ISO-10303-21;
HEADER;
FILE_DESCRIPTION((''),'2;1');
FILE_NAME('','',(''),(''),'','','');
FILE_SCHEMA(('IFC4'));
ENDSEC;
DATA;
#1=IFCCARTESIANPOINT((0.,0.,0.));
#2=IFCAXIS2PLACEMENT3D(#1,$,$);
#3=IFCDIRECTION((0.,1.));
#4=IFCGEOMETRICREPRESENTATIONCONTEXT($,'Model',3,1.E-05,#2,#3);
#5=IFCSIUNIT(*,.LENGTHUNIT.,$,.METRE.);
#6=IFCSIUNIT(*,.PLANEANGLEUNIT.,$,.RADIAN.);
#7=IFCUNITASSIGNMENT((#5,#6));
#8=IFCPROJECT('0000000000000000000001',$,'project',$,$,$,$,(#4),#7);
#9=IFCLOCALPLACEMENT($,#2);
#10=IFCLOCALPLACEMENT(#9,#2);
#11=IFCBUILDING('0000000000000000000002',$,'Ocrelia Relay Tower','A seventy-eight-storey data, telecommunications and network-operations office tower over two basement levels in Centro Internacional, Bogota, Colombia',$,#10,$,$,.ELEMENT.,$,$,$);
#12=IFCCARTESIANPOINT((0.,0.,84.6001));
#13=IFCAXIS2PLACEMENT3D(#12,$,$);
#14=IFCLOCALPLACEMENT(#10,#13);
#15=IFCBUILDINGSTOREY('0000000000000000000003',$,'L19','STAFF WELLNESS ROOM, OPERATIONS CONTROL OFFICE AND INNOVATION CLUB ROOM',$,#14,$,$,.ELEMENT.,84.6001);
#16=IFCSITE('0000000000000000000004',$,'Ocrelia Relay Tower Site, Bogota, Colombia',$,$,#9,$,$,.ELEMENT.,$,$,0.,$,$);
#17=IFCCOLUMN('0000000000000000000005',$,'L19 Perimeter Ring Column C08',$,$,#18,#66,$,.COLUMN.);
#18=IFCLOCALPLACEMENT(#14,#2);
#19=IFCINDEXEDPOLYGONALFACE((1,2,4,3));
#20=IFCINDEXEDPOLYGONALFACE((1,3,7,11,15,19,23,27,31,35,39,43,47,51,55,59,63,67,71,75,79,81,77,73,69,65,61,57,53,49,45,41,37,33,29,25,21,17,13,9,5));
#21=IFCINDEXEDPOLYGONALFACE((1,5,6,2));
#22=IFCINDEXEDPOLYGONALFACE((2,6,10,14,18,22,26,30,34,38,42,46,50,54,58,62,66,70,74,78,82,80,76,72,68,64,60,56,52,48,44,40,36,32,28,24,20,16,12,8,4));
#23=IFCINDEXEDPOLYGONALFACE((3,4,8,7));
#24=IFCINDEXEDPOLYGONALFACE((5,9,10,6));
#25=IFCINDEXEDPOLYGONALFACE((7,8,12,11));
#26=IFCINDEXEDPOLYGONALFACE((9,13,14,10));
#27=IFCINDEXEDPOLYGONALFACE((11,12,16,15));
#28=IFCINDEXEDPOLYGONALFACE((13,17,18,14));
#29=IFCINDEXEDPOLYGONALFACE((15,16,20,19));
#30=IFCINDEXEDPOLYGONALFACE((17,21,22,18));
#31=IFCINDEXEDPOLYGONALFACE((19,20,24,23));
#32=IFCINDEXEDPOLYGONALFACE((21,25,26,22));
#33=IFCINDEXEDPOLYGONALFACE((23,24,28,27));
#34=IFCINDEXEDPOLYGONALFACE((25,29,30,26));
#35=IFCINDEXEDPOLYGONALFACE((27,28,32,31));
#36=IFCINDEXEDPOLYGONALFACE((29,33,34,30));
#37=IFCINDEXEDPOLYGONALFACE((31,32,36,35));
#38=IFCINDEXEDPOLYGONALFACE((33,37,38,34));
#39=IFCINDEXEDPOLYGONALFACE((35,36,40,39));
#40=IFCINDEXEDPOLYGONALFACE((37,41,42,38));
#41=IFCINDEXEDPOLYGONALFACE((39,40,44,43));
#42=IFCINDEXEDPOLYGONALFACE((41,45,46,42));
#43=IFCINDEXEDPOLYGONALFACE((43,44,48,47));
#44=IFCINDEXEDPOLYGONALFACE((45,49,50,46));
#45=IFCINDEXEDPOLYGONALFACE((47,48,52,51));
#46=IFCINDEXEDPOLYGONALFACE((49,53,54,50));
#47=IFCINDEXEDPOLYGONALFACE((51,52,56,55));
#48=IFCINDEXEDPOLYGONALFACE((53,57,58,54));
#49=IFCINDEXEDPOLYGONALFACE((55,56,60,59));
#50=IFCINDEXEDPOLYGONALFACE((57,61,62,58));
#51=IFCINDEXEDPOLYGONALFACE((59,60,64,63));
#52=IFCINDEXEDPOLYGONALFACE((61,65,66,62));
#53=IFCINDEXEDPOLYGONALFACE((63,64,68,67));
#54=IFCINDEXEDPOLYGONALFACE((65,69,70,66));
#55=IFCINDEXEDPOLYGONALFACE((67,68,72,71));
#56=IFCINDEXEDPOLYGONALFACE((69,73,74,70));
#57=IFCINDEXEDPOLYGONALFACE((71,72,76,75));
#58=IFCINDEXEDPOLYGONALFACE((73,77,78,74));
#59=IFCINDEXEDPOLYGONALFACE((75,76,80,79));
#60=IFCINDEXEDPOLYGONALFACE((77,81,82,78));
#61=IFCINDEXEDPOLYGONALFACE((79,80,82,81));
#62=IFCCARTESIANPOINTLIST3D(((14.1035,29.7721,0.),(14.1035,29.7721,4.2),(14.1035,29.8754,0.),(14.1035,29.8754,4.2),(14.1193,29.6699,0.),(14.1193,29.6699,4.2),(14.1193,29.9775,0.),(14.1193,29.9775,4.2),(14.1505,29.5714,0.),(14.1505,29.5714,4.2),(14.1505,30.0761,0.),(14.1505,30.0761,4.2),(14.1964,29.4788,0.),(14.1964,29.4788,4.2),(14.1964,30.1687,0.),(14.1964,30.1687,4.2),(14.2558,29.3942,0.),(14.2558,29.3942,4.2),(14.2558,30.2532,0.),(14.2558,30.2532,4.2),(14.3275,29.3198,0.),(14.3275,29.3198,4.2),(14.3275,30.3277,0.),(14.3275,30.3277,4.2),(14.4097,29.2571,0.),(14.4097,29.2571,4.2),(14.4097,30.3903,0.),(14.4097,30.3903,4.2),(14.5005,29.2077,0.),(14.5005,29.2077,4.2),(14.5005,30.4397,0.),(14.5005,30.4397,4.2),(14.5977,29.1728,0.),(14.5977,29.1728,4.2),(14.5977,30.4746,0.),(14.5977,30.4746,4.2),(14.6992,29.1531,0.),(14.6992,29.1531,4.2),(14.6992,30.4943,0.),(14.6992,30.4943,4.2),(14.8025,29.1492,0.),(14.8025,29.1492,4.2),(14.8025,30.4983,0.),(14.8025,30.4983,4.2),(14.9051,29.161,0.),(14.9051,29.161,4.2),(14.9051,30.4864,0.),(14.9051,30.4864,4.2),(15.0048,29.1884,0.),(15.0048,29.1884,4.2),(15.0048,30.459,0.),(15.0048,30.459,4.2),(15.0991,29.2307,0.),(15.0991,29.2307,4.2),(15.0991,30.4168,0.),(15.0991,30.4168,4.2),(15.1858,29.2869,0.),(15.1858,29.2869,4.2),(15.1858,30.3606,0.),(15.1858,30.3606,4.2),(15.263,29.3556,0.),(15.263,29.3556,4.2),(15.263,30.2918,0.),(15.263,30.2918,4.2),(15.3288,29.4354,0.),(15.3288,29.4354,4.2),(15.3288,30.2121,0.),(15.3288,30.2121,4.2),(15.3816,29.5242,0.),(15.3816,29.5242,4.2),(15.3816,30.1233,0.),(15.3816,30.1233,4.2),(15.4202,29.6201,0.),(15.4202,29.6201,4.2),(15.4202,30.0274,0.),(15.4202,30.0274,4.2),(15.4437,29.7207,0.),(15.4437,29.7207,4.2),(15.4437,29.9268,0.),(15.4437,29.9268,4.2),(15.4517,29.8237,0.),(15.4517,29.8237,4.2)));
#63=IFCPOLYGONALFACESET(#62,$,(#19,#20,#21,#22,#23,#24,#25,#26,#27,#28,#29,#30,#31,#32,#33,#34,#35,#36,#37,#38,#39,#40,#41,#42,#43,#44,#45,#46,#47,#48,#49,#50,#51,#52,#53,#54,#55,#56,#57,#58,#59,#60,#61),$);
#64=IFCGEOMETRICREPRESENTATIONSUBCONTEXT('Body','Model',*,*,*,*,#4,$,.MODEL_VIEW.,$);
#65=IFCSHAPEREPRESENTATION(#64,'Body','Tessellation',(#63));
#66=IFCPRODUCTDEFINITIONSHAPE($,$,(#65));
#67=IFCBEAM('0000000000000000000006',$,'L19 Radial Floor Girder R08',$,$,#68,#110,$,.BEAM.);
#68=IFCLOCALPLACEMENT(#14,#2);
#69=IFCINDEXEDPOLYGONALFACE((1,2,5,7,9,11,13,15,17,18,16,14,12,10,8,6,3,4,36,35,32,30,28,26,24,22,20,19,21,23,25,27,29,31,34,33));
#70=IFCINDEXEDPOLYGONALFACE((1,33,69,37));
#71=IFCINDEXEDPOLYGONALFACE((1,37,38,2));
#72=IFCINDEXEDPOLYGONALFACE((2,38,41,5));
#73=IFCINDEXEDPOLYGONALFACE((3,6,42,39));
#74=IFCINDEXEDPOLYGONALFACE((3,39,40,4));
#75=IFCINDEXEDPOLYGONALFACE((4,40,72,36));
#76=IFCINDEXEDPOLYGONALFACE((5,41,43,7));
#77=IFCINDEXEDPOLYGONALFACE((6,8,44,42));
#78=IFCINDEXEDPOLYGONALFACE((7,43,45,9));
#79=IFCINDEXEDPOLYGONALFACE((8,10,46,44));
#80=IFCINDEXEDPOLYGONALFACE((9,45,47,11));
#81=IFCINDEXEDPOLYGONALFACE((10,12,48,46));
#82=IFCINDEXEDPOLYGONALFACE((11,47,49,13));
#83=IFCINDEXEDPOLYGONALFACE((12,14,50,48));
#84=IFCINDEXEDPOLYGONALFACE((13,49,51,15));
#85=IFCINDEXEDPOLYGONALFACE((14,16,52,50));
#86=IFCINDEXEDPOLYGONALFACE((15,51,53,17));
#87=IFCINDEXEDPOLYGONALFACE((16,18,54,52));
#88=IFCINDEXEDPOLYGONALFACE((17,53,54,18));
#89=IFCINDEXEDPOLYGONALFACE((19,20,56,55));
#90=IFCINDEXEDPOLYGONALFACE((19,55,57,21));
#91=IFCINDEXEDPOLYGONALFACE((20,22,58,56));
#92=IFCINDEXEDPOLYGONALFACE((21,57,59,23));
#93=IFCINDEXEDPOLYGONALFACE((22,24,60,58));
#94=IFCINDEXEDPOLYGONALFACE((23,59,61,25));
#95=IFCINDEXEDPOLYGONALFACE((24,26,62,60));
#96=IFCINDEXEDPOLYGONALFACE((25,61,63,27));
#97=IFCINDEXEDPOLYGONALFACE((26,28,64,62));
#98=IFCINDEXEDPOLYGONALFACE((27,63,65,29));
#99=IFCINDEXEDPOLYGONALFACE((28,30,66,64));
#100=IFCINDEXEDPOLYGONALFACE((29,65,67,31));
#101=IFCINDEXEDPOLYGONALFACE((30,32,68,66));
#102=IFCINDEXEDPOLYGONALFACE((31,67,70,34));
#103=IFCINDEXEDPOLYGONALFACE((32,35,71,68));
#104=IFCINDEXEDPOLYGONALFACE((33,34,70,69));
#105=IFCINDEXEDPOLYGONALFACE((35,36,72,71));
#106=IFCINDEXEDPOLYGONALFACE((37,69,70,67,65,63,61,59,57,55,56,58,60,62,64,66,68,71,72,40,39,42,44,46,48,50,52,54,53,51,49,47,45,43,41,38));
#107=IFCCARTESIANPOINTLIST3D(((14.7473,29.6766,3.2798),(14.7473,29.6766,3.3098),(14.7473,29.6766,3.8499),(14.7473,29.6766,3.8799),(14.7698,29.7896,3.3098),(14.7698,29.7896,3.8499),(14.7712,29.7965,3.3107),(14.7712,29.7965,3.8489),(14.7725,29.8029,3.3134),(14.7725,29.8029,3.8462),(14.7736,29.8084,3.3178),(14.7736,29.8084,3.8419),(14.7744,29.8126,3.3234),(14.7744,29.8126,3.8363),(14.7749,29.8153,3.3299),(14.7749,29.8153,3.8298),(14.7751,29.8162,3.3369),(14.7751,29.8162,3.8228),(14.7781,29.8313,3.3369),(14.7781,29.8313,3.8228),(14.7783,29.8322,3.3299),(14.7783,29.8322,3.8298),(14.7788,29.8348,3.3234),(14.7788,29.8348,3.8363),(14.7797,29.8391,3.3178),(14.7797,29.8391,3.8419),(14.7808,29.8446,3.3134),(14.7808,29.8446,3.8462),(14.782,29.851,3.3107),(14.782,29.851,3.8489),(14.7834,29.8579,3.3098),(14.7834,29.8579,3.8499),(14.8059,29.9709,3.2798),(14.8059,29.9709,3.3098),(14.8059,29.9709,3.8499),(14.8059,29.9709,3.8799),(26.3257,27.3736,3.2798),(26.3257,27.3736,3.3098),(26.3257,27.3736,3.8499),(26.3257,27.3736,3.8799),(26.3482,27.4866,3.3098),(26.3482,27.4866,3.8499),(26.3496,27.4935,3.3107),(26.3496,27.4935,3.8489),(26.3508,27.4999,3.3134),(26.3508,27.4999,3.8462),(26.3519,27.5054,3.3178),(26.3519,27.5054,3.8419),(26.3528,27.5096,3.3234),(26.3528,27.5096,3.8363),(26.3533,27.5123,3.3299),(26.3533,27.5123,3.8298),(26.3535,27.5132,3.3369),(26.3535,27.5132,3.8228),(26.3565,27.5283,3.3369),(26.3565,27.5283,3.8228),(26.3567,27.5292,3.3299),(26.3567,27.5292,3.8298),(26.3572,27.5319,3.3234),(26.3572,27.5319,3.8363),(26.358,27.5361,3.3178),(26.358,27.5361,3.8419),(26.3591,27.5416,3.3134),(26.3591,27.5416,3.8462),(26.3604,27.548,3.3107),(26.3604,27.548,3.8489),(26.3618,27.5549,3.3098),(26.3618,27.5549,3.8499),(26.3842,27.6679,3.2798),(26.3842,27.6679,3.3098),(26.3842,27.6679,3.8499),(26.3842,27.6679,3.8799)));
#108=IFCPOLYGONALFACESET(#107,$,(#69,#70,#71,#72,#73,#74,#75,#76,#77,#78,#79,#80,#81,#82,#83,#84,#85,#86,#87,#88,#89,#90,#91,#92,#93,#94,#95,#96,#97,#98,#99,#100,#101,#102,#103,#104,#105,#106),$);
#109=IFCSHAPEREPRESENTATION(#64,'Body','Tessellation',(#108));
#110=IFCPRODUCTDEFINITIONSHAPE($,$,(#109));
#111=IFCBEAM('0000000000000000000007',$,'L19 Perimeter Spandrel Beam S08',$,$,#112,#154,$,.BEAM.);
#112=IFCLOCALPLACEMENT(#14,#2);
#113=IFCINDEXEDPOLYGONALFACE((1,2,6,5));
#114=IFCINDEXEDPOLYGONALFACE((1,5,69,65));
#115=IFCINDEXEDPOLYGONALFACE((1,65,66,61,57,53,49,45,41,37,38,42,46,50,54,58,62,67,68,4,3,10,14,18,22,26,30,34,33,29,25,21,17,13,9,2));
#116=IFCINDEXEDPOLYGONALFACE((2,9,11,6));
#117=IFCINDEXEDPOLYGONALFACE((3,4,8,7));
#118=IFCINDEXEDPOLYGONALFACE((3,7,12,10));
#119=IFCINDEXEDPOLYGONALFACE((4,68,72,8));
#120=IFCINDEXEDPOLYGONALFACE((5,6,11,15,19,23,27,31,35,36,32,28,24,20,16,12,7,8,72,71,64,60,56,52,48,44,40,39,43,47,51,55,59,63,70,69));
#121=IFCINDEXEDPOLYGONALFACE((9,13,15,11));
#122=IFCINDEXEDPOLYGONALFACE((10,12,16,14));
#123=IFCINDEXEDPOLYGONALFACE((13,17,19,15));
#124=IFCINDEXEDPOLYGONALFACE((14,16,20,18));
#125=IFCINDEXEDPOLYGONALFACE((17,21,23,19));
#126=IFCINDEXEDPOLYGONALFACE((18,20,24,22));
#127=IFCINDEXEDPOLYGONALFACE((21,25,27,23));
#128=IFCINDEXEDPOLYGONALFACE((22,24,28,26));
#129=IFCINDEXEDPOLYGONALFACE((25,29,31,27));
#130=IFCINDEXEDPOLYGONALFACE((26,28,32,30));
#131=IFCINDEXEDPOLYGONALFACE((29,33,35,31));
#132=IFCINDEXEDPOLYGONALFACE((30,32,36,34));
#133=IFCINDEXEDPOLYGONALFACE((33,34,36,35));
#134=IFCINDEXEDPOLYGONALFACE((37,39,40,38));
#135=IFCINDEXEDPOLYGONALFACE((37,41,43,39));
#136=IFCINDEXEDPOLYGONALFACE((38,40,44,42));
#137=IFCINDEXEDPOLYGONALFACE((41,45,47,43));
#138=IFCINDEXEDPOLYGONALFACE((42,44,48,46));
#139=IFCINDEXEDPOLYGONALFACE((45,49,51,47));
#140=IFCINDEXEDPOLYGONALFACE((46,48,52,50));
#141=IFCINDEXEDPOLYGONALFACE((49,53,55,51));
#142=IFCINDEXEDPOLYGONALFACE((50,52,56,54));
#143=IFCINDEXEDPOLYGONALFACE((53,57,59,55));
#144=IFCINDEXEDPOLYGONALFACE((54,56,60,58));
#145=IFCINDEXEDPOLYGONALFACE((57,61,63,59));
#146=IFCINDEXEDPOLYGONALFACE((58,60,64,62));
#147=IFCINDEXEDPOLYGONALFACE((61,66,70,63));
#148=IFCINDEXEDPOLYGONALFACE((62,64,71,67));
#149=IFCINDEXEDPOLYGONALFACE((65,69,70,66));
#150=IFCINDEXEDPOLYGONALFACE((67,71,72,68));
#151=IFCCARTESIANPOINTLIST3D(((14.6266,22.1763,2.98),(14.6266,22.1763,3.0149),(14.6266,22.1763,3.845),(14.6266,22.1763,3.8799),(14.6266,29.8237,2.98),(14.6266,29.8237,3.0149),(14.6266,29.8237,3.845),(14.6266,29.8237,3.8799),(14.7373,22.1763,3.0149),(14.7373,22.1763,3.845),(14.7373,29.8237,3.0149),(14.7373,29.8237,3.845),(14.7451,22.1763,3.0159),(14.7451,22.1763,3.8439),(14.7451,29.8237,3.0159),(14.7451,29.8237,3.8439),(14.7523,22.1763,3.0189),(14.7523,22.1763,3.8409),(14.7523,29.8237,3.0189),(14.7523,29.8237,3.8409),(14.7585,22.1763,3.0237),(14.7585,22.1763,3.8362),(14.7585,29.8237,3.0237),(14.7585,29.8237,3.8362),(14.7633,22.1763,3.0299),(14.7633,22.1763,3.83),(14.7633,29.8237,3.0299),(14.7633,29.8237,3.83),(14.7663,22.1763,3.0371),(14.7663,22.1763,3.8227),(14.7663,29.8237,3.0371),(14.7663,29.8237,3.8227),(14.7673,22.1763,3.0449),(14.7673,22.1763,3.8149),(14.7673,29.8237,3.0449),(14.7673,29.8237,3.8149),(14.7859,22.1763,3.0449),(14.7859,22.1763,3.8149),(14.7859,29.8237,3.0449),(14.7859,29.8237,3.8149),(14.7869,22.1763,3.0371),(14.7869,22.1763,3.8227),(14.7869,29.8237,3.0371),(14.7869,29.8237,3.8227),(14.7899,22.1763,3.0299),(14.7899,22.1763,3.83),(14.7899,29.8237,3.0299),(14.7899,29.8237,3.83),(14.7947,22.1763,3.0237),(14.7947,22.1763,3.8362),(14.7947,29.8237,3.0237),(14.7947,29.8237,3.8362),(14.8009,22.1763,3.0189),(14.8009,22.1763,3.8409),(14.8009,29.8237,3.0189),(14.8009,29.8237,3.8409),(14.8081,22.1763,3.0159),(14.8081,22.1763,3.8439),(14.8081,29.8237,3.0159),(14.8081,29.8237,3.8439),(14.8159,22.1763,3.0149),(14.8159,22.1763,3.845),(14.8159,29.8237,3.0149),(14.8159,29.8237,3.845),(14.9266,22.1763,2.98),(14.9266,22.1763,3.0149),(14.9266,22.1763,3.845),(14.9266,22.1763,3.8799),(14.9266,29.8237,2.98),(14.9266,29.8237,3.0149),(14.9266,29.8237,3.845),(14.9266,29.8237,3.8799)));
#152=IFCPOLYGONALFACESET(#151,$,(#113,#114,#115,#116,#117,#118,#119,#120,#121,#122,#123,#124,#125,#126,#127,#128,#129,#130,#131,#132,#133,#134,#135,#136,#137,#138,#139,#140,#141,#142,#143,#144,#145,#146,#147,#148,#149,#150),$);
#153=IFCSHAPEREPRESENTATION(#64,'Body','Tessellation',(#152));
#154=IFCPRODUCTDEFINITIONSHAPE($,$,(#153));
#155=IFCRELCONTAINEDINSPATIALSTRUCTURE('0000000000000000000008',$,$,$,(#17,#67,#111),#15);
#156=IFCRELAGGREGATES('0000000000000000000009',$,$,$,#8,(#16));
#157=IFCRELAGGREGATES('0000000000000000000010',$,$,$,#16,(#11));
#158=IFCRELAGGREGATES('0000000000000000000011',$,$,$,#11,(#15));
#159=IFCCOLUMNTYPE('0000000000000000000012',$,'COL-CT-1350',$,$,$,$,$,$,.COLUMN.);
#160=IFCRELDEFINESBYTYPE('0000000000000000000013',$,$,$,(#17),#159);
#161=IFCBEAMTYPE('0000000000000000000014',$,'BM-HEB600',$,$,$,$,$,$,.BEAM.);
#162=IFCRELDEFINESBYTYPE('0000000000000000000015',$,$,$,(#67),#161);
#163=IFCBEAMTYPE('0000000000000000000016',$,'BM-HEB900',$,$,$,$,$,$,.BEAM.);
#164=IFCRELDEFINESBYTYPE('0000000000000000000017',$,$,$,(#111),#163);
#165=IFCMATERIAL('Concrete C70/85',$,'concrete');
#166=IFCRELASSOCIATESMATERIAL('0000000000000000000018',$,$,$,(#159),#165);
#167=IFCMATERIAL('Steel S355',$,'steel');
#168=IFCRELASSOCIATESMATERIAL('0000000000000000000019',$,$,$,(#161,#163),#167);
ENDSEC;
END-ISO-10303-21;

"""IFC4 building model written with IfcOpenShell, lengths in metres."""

from ifc_helpers import new_model, si_unit, direction, frame, origin, origin_2d, place, context, subcontext, project, spatial, circle, i_section, extrude, material, material_profile, profile_set, type_object, element, save


model = new_model("IFC4")

# Units and contexts
model_context = context("Model", 3, precision=1e-05, world=origin(), true_north=direction((0.0, 1.0)))
body_context = subcontext(model_context, "Body", "Model", "MODEL_VIEW")
ifc_project = project(units=[si_unit("LENGTHUNIT", "METRE"), si_unit("PLANEANGLEUNIT", "RADIAN")], contexts=[model_context])

# Site, building, storey
site_placement = place(None, origin())
site = spatial("IfcSite", under=ifc_project, at=site_placement, Name="Ocrelia Relay Tower Site, Bogota, Colombia", CompositionType="ELEMENT", RefElevation=0.0)
building_placement = place(site_placement, origin())
building = spatial("IfcBuilding", under=site, at=building_placement, Name="Ocrelia Relay Tower", Description="A seventy-eight-storey data, telecommunications and network-operations office tower over two basement levels in Centro Internacional, Bogota, Colombia", CompositionType="ELEMENT")
storey_placement = place(building_placement, frame((0.0, 0.0, 84.6001)))
storey = spatial("IfcBuildingStorey", under=building, at=storey_placement, Name="L19", Description="STAFF WELLNESS ROOM, OPERATIONS CONTROL OFFICE AND INNOVATION CLUB ROOM", CompositionType="ELEMENT", Elevation=84.6001)

# Column
ifc_material_1 = material(Name="Concrete C70/85", Category="concrete")
ifc_material_profile_1 = material_profile(ifc_material_1, circle(Radius=0.675, at=origin_2d()), Name="RC-CIR-1350")
ifc_profile_set_1 = profile_set([ifc_material_profile_1], Name="Concrete C70/85")
column_type = type_object("IfcColumnType", Name="COL-CT-1350", PredefinedType="COLUMN", material=ifc_profile_set_1)
column_placement = place(storey_placement, frame((14.7766, 29.8237, 0.0), z_axis=(0.0, 0.0, 1.0), x_axis=(1.0, 0.0, 0.0)))
element("IfcColumn", 1, at=column_placement, inside=storey, type_object=column_type, Name="L19 Perimeter Ring Column C08", PredefinedType="COLUMN", context=body_context, shape_type="SweptSolid", body=[
    extrude(circle(Radius=0.675, at=origin_2d()), origin(), (0.0, 0.0, 1.0), 4.2),
])

# Beams
ifc_material_2 = material(Name="Steel S355", Category="steel")
ifc_material_profile_2 = material_profile(ifc_material_2, i_section(OverallWidth=0.3, OverallDepth=0.6001, WebThickness=0.0154, FlangeThickness=0.03, FilletRadius=0.0271, at=origin_2d()), Name="HEB 600")
ifc_profile_set_2 = profile_set([ifc_material_profile_2], Name="Steel S355")
beam_type_1 = type_object("IfcBeamType", Name="BM-HEB600", PredefinedType="BEAM", material=ifc_profile_set_2)
beam_1_placement = place(storey_placement, frame((14.7766, 29.8237, 3.5798), z_axis=(0.980787, -0.195082, 0.0), x_axis=(0.195082, 0.980787, 0.0)))
element("IfcBeam", 2, at=beam_1_placement, inside=storey, type_object=beam_type_1, Name="L19 Radial Floor Girder R08", PredefinedType="BEAM", context=body_context, shape_type="SweptSolid", body=[
    extrude(i_section(OverallWidth=0.3, OverallDepth=0.6001, WebThickness=0.0154, FlangeThickness=0.03, FilletRadius=0.0271, at=origin_2d()), origin(), (0.0, 0.0, 1.0), 11.8052),
])
ifc_material_profile_3 = material_profile(ifc_material_2, i_section(OverallWidth=0.3, OverallDepth=0.8999, WebThickness=0.0186, FlangeThickness=0.0349, FilletRadius=0.03, at=origin_2d()), Name="HEB 900")
ifc_profile_set_3 = profile_set([ifc_material_profile_3], Name="Steel S355")
beam_type_2 = type_object("IfcBeamType", Name="BM-HEB900", PredefinedType="BEAM", material=ifc_profile_set_3)
beam_2_placement = place(storey_placement, frame((14.7766, 29.8237, 3.4299), z_axis=(0.0, -1.0, 0.0), x_axis=(1.0, 0.0, 0.0)))
element("IfcBeam", 3, at=beam_2_placement, inside=storey, type_object=beam_type_2, Name="L19 Perimeter Spandrel Beam S08", PredefinedType="BEAM", context=body_context, shape_type="SweptSolid", body=[
    extrude(i_section(OverallWidth=0.3, OverallDepth=0.8999, WebThickness=0.0186, FlangeThickness=0.0349, FilletRadius=0.03, at=origin_2d()), origin(), (0.0, 0.0, 1.0), 7.6475),
])

save(model, "model.ifc")
